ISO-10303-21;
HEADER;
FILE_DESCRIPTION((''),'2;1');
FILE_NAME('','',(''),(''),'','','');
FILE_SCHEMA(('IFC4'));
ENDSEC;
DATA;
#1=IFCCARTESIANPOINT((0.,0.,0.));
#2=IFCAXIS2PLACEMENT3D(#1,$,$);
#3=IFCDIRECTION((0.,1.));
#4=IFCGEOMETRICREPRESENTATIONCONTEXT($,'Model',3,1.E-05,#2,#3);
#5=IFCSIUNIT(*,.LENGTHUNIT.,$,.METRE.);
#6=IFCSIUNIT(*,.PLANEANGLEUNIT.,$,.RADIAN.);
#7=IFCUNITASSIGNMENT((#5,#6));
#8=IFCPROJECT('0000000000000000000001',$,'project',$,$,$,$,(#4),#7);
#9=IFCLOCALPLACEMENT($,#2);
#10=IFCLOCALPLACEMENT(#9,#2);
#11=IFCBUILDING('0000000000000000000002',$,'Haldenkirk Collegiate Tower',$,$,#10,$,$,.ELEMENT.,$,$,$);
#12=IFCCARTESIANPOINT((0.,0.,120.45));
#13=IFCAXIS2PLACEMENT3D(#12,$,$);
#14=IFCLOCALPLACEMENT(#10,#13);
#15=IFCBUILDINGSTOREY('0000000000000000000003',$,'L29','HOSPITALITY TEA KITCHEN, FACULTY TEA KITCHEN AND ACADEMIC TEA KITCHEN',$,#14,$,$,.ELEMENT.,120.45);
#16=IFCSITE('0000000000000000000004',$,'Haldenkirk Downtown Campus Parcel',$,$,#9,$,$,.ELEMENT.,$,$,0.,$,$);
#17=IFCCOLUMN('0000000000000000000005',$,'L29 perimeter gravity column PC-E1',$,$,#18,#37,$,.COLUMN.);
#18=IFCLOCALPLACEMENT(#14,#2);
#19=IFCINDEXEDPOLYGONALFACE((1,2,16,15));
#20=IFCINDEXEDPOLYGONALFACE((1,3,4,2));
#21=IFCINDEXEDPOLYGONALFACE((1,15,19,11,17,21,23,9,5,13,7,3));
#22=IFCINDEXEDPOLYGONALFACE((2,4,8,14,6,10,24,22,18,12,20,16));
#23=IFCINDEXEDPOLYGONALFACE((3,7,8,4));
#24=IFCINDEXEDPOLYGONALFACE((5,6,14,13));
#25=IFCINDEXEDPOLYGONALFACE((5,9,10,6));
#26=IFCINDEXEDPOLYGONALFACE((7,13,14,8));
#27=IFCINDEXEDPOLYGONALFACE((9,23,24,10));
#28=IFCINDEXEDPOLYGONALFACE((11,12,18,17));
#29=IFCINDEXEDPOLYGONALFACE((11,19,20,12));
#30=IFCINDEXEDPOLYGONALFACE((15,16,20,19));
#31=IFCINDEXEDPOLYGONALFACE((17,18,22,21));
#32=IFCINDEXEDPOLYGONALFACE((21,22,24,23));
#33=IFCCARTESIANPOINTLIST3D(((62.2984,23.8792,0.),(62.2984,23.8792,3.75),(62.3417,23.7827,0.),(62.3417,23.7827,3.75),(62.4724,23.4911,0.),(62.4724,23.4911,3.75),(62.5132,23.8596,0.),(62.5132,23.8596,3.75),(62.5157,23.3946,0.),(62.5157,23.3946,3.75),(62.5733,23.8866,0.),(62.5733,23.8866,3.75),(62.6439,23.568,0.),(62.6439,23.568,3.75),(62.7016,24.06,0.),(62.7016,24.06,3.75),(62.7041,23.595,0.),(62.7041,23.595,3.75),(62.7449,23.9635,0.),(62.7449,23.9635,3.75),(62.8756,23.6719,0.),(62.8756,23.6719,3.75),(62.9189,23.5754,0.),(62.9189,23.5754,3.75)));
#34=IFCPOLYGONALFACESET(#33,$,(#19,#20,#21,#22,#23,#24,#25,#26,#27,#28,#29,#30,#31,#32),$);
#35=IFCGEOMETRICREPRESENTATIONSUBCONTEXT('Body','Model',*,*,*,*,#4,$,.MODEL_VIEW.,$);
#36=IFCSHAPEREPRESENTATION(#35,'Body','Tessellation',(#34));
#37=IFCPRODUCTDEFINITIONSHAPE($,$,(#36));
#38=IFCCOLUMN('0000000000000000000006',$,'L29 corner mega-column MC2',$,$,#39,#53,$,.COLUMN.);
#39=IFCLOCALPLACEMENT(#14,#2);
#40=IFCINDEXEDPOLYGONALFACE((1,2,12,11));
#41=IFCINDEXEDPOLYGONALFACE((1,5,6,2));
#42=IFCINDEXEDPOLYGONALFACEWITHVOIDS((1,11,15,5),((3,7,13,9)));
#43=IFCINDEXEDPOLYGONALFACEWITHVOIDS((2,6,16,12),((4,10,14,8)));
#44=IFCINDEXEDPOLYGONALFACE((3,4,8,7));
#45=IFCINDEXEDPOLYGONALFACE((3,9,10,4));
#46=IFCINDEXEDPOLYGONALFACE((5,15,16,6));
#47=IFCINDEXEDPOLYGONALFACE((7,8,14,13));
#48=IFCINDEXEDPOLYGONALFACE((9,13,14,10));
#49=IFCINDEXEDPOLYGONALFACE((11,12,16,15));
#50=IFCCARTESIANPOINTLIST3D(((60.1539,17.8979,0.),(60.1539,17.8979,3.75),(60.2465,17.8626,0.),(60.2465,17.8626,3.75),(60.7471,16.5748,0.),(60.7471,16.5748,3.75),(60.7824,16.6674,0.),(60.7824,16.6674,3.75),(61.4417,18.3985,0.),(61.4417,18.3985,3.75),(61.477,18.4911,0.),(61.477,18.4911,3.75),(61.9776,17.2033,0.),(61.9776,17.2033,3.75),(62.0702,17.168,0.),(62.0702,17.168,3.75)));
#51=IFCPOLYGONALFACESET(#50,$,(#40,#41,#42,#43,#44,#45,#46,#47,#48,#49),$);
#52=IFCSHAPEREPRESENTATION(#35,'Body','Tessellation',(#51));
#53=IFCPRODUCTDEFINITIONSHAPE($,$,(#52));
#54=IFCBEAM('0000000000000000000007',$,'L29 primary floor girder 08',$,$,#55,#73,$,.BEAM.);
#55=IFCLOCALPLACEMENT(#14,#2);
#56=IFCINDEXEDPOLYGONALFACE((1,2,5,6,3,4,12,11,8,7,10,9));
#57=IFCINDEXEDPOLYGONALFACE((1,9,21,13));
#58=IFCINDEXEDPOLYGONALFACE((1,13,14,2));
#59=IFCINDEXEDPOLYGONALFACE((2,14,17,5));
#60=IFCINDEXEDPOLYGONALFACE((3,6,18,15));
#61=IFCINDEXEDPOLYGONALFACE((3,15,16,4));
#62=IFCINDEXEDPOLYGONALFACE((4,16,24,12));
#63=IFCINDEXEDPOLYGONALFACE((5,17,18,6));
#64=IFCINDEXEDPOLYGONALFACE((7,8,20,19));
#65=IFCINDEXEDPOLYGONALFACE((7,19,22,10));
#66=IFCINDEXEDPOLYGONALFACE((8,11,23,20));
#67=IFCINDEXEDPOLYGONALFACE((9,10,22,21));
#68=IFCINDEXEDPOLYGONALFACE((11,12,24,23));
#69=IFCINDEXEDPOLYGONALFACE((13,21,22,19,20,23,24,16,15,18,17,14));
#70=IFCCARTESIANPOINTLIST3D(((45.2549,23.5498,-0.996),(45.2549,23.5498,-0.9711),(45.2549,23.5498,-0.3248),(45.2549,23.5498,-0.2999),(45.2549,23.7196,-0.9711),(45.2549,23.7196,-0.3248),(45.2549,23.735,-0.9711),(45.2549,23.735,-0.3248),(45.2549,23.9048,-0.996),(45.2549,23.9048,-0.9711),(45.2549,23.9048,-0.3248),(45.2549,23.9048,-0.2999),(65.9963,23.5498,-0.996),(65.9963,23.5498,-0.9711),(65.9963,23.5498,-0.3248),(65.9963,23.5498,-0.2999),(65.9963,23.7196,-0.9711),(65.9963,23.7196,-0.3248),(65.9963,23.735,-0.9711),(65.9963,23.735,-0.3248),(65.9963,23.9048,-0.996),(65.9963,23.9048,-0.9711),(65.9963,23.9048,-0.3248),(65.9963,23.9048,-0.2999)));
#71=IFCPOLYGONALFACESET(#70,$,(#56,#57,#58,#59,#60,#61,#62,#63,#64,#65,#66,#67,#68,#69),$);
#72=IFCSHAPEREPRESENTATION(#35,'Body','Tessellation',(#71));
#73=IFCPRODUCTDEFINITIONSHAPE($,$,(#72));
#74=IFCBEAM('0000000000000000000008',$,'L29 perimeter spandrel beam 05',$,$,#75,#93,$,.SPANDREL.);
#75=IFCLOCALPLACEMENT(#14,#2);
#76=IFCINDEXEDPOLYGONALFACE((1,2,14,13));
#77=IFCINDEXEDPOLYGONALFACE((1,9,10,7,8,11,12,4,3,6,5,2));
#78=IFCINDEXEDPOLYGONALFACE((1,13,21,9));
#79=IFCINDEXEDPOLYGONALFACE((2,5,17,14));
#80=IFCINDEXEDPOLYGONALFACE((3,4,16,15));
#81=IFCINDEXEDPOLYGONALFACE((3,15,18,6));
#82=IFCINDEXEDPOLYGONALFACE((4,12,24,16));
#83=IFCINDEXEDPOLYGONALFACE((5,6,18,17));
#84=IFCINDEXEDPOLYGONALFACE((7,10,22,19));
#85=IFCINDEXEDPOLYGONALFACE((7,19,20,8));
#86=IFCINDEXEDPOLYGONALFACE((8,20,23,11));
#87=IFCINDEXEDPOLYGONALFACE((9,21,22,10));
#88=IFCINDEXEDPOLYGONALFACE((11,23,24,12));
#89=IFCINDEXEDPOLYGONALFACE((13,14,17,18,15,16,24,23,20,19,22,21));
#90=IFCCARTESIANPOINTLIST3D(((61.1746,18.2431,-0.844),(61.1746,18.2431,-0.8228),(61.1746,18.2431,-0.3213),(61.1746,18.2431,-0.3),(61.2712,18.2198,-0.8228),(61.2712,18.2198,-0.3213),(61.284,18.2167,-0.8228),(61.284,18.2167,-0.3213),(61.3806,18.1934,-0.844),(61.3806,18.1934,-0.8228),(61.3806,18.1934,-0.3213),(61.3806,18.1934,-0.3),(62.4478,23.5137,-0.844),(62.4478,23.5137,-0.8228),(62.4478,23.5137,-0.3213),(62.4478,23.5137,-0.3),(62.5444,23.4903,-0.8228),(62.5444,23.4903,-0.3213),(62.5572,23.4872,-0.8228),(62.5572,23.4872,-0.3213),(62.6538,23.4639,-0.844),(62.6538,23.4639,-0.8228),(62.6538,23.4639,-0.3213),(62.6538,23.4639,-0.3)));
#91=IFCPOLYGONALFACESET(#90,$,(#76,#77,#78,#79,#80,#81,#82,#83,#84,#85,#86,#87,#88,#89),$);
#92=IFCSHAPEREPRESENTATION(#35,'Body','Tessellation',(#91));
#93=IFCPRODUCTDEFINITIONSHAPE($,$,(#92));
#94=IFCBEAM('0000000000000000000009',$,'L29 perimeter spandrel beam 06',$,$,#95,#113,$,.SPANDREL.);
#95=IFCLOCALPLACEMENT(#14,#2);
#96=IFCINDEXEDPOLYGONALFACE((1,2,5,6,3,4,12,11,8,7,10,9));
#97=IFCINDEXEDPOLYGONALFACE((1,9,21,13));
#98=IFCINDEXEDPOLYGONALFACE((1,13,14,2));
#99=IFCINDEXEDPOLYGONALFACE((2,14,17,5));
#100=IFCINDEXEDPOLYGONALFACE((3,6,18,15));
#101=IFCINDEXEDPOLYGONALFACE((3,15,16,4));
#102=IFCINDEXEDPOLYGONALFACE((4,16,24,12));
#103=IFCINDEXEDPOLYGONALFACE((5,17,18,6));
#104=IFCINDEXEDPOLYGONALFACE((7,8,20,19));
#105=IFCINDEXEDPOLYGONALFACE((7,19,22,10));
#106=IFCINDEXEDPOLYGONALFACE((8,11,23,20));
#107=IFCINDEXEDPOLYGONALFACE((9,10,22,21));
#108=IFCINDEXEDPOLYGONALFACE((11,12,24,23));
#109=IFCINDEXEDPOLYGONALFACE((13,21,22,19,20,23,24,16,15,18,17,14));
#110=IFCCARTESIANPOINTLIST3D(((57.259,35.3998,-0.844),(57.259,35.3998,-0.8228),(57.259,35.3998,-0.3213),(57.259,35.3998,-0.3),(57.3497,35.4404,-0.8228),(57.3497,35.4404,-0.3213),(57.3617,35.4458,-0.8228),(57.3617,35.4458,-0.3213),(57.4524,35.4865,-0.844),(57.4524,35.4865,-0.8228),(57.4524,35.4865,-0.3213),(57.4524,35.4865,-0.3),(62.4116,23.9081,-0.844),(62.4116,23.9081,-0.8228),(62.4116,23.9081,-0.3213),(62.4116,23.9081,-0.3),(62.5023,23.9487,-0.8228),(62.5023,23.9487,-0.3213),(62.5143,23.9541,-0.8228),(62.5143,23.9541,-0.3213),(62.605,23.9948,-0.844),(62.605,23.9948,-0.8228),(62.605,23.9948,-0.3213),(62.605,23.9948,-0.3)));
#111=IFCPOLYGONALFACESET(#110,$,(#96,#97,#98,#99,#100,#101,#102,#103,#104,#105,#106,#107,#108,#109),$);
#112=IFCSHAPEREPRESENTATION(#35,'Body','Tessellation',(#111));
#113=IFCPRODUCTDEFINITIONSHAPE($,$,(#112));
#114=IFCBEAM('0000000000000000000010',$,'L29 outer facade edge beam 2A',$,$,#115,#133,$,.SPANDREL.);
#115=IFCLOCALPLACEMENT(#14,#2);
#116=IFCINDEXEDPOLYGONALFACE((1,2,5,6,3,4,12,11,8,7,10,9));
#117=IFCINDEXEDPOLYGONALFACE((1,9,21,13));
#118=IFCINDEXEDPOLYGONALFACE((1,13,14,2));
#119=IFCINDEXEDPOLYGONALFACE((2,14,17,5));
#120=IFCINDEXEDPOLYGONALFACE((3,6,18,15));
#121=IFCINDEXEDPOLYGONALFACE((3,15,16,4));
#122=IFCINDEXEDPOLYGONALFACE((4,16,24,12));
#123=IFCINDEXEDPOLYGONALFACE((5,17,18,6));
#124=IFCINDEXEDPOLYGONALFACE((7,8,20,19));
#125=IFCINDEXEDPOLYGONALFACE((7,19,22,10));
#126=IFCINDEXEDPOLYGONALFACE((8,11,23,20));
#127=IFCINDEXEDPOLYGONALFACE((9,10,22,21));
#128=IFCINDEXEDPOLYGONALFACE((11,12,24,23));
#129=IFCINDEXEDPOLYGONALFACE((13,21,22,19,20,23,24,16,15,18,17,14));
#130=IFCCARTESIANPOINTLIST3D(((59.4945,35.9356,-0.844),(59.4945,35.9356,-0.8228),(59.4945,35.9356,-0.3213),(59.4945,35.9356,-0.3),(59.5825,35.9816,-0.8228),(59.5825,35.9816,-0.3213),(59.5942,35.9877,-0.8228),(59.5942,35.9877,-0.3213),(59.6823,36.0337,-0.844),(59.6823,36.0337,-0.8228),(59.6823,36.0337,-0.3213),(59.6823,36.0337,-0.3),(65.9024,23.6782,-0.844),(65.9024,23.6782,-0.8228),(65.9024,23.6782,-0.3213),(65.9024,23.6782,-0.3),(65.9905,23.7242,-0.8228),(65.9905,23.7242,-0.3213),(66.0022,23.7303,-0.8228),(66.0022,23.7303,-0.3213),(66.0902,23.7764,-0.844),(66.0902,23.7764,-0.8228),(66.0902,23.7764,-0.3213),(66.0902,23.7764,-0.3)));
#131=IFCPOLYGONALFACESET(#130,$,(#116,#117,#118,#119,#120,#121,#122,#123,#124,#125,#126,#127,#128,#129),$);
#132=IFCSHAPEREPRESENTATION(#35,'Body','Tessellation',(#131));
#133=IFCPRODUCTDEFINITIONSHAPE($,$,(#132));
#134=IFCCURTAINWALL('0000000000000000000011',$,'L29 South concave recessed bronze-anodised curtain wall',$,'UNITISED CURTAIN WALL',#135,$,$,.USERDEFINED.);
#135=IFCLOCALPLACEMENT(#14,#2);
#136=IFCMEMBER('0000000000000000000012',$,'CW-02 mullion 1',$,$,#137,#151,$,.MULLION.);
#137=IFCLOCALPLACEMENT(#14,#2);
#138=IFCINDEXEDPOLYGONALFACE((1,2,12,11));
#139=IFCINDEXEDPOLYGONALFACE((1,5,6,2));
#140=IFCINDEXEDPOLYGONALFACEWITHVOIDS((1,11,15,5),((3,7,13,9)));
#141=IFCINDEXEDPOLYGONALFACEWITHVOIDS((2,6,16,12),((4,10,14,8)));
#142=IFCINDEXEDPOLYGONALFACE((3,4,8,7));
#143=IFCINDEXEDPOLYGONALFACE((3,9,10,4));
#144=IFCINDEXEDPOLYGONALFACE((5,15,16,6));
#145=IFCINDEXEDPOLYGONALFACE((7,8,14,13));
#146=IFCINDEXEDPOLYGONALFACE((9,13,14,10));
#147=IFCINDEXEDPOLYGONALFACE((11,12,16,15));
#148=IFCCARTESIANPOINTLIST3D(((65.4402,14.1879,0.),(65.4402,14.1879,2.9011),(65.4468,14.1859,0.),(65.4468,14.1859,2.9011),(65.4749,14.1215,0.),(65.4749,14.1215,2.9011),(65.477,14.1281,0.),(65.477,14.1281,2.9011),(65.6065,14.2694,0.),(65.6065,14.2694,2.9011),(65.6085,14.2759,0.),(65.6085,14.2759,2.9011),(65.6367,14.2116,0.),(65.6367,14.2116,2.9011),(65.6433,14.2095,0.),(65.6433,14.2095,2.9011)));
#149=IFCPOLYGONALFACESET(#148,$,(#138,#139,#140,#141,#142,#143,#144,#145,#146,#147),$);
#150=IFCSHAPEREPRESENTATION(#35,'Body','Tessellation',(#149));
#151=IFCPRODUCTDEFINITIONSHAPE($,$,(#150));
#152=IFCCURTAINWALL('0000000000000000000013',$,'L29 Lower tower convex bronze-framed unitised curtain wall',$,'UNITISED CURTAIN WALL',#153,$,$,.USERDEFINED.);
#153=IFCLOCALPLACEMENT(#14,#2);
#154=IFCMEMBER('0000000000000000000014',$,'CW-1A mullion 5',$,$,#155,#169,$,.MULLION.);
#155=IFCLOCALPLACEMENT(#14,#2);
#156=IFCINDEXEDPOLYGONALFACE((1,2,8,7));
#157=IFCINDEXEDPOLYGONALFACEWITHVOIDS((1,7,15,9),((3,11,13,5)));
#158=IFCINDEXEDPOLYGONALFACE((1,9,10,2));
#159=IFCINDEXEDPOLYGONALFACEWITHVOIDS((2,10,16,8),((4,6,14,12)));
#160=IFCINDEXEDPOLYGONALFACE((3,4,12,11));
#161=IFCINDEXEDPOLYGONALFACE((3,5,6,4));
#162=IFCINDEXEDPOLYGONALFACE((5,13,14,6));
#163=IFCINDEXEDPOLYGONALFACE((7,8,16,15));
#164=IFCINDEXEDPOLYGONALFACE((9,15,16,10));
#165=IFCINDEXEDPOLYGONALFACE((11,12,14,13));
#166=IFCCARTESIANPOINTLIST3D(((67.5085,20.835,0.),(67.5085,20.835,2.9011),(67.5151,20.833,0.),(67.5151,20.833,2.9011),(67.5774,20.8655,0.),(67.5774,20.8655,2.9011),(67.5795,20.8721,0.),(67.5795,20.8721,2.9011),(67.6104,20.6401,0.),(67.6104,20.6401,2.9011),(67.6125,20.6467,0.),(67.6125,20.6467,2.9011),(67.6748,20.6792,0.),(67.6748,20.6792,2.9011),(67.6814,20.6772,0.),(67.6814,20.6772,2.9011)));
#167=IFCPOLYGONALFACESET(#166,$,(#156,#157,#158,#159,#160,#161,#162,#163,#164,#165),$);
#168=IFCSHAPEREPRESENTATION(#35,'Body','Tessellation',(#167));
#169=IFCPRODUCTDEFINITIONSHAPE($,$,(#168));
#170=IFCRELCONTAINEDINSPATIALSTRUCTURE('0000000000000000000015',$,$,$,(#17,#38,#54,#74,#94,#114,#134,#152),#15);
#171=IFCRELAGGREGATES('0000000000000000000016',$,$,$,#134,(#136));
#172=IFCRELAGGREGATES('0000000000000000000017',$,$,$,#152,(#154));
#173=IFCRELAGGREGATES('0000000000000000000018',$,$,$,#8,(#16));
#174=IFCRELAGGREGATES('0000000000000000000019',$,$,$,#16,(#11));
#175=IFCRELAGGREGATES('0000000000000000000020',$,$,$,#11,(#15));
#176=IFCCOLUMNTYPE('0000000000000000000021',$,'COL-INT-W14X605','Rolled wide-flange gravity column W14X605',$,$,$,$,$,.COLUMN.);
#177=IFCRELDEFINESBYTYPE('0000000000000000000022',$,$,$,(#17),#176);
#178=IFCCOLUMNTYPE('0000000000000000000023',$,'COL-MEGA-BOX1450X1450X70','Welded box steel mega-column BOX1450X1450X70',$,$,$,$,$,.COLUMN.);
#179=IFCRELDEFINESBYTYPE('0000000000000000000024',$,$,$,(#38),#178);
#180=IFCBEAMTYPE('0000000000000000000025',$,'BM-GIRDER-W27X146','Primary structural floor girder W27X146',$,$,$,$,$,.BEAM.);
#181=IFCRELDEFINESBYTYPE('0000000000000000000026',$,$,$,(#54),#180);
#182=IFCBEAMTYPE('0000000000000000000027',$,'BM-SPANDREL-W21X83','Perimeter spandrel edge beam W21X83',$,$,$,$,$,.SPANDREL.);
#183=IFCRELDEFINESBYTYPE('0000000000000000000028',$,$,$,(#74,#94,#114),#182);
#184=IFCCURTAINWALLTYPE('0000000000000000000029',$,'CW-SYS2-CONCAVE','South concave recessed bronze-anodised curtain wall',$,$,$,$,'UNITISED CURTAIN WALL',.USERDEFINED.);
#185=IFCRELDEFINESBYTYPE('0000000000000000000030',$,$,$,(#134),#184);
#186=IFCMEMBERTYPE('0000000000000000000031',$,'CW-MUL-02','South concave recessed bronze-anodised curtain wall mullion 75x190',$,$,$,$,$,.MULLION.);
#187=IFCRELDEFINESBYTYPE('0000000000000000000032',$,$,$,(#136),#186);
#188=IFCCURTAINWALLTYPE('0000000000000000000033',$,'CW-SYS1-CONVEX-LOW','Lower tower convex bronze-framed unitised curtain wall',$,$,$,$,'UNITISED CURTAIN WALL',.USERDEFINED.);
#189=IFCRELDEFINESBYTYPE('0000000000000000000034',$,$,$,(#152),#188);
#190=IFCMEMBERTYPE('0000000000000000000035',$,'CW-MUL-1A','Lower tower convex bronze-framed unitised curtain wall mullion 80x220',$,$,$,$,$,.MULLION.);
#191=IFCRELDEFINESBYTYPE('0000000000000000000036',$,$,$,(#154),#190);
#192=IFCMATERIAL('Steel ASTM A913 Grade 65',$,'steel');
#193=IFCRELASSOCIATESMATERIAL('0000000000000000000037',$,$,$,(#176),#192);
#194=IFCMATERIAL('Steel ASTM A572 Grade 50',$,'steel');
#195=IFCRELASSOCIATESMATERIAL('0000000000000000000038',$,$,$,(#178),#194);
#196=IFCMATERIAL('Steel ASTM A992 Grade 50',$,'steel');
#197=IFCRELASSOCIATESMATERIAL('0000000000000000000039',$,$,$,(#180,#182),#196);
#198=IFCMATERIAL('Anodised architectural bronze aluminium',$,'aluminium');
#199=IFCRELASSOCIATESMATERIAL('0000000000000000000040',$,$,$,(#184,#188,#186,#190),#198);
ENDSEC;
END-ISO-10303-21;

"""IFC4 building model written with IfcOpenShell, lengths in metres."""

from ifc_helpers import new_model, si_unit, direction, frame, origin, origin_2d, place, context, subcontext, project, spatial, hollow_rectangle, i_section, extrude, material, material_profile, profile_set, type_object, element, aggregate, save


model = new_model("IFC4")

# Units and contexts
model_context = context("Model", 3, precision=1e-05, world=origin(), true_north=direction((0.0, 1.0)))
body_context = subcontext(model_context, "Body", "Model", "MODEL_VIEW")
ifc_project = project(units=[si_unit("LENGTHUNIT", "METRE"), si_unit("PLANEANGLEUNIT", "RADIAN")], contexts=[model_context])

# Site, building, storey
site_placement = place(None, origin())
site = spatial("IfcSite", under=ifc_project, at=site_placement, Name="Haldenkirk Downtown Campus Parcel", CompositionType="ELEMENT", RefElevation=0.0)
building_placement = place(site_placement, origin())
building = spatial("IfcBuilding", under=site, at=building_placement, Name="Haldenkirk Collegiate Tower", CompositionType="ELEMENT")
storey_placement = place(building_placement, frame((0.0, 0.0, 120.45)))
storey = spatial("IfcBuildingStorey", under=building, at=storey_placement, Name="L29", Description="HOSPITALITY TEA KITCHEN, FACULTY TEA KITCHEN AND ACADEMIC TEA KITCHEN", CompositionType="ELEMENT", Elevation=120.45)

# Columns
ifc_material_1 = material(Name="Steel ASTM A913 Grade 65", Category="steel")
ifc_material_profile_1 = material_profile(ifc_material_1, i_section(OverallWidth=0.4419, OverallDepth=0.531, WebThickness=0.0659, FlangeThickness=0.1057, at=origin_2d()), Name="W14X605")
ifc_profile_set_1 = profile_set([ifc_material_profile_1], Name="Steel ASTM A913 Grade 65")
column_type_1 = type_object("IfcColumnType", Name="COL-INT-W14X605", Description="Rolled wide-flange gravity column W14X605", PredefinedType="COLUMN", material=ifc_profile_set_1)
column_1_placement = place(storey_placement, frame((62.6086, 23.7273, 0.0), z_axis=(0.0, 0.0, 1.0), x_axis=(0.912477, 0.409127, 0.0)))
element("IfcColumn", 1, at=column_1_placement, inside=storey, type_object=column_type_1, Name="L29 perimeter gravity column PC-E1", PredefinedType="COLUMN", context=body_context, shape_type="SweptSolid", body=[
    extrude(i_section(OverallWidth=0.4419, OverallDepth=0.531, WebThickness=0.0659, FlangeThickness=0.1057, at=origin_2d()), origin(), (0.0, 0.0, 1.0), 3.75),
])
ifc_material_2 = material(Name="Steel ASTM A572 Grade 50", Category="steel")
ifc_material_profile_2 = material_profile(ifc_material_2, hollow_rectangle(XDim=1.45, YDim=1.45, WallThickness=0.0701, at=origin_2d()), Name="BOX1450X1450X70")
ifc_profile_set_2 = profile_set([ifc_material_profile_2], Name="Steel ASTM A572 Grade 50")
column_type_2 = type_object("IfcColumnType", Name="COL-MEGA-BOX1450X1450X70", Description="Welded box steel mega-column BOX1450X1450X70", PredefinedType="COLUMN", material=ifc_profile_set_2)
column_2_placement = place(storey_placement, frame((61.1121, 17.533, 0.0), z_axis=(0.0, 0.0, 1.0), x_axis=(0.912477, 0.409127, 0.0)))
element("IfcColumn", 2, at=column_2_placement, inside=storey, type_object=column_type_2, Name="L29 corner mega-column MC2", PredefinedType="COLUMN", context=body_context, shape_type="SweptSolid", body=[
    extrude(hollow_rectangle(XDim=1.45, YDim=1.45, WallThickness=0.0701, at=origin_2d()), origin(), (0.0, 0.0, 1.0), 3.75),
])

# Beams
ifc_material_3 = material(Name="Steel ASTM A992 Grade 50", Category="steel")
ifc_material_profile_3 = material_profile(ifc_material_3, i_section(OverallWidth=0.355, OverallDepth=0.696, WebThickness=0.0154, FlangeThickness=0.0249, at=origin_2d()), Name="W27X146")
ifc_profile_set_3 = profile_set([ifc_material_profile_3], Name="Steel ASTM A992 Grade 50")
beam_type_1 = type_object("IfcBeamType", Name="BM-GIRDER-W27X146", Description="Primary structural floor girder W27X146", PredefinedType="BEAM", material=ifc_profile_set_3)
beam_1_placement = place(storey_placement, frame((65.9963, 23.7273, -0.6479), z_axis=(-1.0, 0.0, 0.0), x_axis=(0.0, -1.0, 0.0)))
element("IfcBeam", 3, at=beam_1_placement, inside=storey, type_object=beam_type_1, Name="L29 primary floor girder 08", PredefinedType="BEAM", context=body_context, shape_type="SweptSolid", body=[
    extrude(i_section(OverallWidth=0.355, OverallDepth=0.696, WebThickness=0.0154, FlangeThickness=0.0249, at=origin_2d()), origin(), (0.0, 0.0, 1.0), 20.7415),
])
ifc_material_profile_4 = material_profile(ifc_material_3, i_section(OverallWidth=0.2119, OverallDepth=0.5439, WebThickness=0.0132, FlangeThickness=0.0212, at=origin_2d()), Name="W21X83")
ifc_profile_set_4 = profile_set([ifc_material_profile_4], Name="Steel ASTM A992 Grade 50")
beam_type_2 = type_object("IfcBeamType", Name="BM-SPANDREL-W21X83", Description="Perimeter spandrel edge beam W21X83", PredefinedType="SPANDREL", material=ifc_profile_set_4)
beam_2_placement = place(storey_placement, frame((61.2776, 18.2183, -0.572), z_axis=(0.234815, 0.97204, 0.0), x_axis=(-0.97204, 0.234815, 0.0)))
element("IfcBeam", 4, at=beam_2_placement, inside=storey, type_object=beam_type_2, Name="L29 perimeter spandrel beam 05", PredefinedType="SPANDREL", context=body_context, shape_type="SweptSolid", body=[
    extrude(i_section(OverallWidth=0.2119, OverallDepth=0.5439, WebThickness=0.0132, FlangeThickness=0.0212, at=origin_2d()), origin(), (0.0, 0.0, 1.0), 5.4221),
])
beam_3_placement = place(storey_placement, frame((62.5083, 23.9514, -0.572), z_axis=(-0.409131, 0.912476, 0.0), x_axis=(-0.912476, -0.409131, 0.0)))
element("IfcBeam", 5, at=beam_3_placement, inside=storey, type_object=beam_type_2, Name="L29 perimeter spandrel beam 06", PredefinedType="SPANDREL", context=body_context, shape_type="SweptSolid", body=[
    extrude(i_section(OverallWidth=0.2119, OverallDepth=0.5439, WebThickness=0.0132, FlangeThickness=0.0212, at=origin_2d()), origin(), (0.0, 0.0, 1.0), 12.594),
])
beam_4_placement = place(storey_placement, frame((65.9963, 23.7273, -0.572), z_axis=(-0.463295, 0.886204, 0.0), x_axis=(-0.886204, -0.463295, 0.0)))
element("IfcBeam", 6, at=beam_4_placement, inside=storey, type_object=beam_type_2, Name="L29 outer facade edge beam 2A", PredefinedType="SPANDREL", context=body_context, shape_type="SweptSolid", body=[
    extrude(i_section(OverallWidth=0.2119, OverallDepth=0.5439, WebThickness=0.0132, FlangeThickness=0.0212, at=origin_2d()), origin(), (0.0, 0.0, 1.0), 13.8313),
])

# Curtain walls, members
ifc_material_4 = material(Name="Anodised architectural bronze aluminium", Category="aluminium")
curtain_wall_type_1 = type_object("IfcCurtainWallType", Name="CW-SYS2-CONCAVE", Description="South concave recessed bronze-anodised curtain wall", ElementType="UNITISED CURTAIN WALL", PredefinedType="USERDEFINED", material=ifc_material_4)
curtain_wall_1_placement = place(storey_placement, origin())
curtain_wall_1 = element("IfcCurtainWall", 7, at=curtain_wall_1_placement, inside=storey, type_object=curtain_wall_type_1, Name="L29 South concave recessed bronze-anodised curtain wall", ObjectType="UNITISED CURTAIN WALL", PredefinedType="USERDEFINED")
ifc_material_profile_5 = material_profile(ifc_material_4, hollow_rectangle(XDim=0.075, YDim=0.1899, WallThickness=0.0049, at=origin_2d()), Name="CW-MUL-02")
ifc_profile_set_5 = profile_set([ifc_material_profile_5], Name="Anodised architectural bronze aluminium")
member_type_1 = type_object("IfcMemberType", Name="CW-MUL-02", Description="South concave recessed bronze-anodised curtain wall mullion 75x190", PredefinedType="MULLION", material=ifc_profile_set_5)
member_1_placement = place(storey_placement, frame((65.5417, 14.1987, 0.0), z_axis=(0.0, 0.0, 1.0), x_axis=(0.463297, -0.886203, 0.0)))
member_1 = element("IfcMember", 8, at=member_1_placement, type_object=member_type_1, Name="CW-02 mullion 1", PredefinedType="MULLION", context=body_context, shape_type="SweptSolid", body=[
    extrude(hollow_rectangle(XDim=0.075, YDim=0.1899, WallThickness=0.0049, at=origin_2d()), origin(), (0.0, 0.0, 1.0), 2.9011),
])
curtain_wall_type_2 = type_object("IfcCurtainWallType", Name="CW-SYS1-CONVEX-LOW", Description="Lower tower convex bronze-framed unitised curtain wall", ElementType="UNITISED CURTAIN WALL", PredefinedType="USERDEFINED", material=ifc_material_4)
curtain_wall_2_placement = place(storey_placement, origin())
curtain_wall_2 = element("IfcCurtainWall", 9, at=curtain_wall_2_placement, inside=storey, type_object=curtain_wall_type_2, Name="L29 Lower tower convex bronze-framed unitised curtain wall", ObjectType="UNITISED CURTAIN WALL", PredefinedType="USERDEFINED")
ifc_material_profile_6 = material_profile(ifc_material_4, hollow_rectangle(XDim=0.0801, YDim=0.22, WallThickness=0.0049, at=origin_2d()), Name="CW-MUL-1A")
ifc_profile_set_6 = profile_set([ifc_material_profile_6], Name="Anodised architectural bronze aluminium")
member_type_2 = type_object("IfcMemberType", Name="CW-MUL-1A", Description="Lower tower convex bronze-framed unitised curtain wall mullion 80x220", PredefinedType="MULLION", material=ifc_profile_set_6)
member_2_placement = place(storey_placement, frame((67.595, 20.7561, 0.0), z_axis=(0.0, 0.0, 1.0), x_axis=(0.886204, 0.463296, 0.0)))
member_2 = element("IfcMember", 10, at=member_2_placement, type_object=member_type_2, Name="CW-1A mullion 5", PredefinedType="MULLION", context=body_context, shape_type="SweptSolid", body=[
    extrude(hollow_rectangle(XDim=0.0801, YDim=0.22, WallThickness=0.0049, at=origin_2d()), origin(), (0.0, 0.0, 1.0), 2.9011),
])

aggregate(curtain_wall_1, [member_1])
aggregate(curtain_wall_2, [member_2])

save(model, "model.ifc")
